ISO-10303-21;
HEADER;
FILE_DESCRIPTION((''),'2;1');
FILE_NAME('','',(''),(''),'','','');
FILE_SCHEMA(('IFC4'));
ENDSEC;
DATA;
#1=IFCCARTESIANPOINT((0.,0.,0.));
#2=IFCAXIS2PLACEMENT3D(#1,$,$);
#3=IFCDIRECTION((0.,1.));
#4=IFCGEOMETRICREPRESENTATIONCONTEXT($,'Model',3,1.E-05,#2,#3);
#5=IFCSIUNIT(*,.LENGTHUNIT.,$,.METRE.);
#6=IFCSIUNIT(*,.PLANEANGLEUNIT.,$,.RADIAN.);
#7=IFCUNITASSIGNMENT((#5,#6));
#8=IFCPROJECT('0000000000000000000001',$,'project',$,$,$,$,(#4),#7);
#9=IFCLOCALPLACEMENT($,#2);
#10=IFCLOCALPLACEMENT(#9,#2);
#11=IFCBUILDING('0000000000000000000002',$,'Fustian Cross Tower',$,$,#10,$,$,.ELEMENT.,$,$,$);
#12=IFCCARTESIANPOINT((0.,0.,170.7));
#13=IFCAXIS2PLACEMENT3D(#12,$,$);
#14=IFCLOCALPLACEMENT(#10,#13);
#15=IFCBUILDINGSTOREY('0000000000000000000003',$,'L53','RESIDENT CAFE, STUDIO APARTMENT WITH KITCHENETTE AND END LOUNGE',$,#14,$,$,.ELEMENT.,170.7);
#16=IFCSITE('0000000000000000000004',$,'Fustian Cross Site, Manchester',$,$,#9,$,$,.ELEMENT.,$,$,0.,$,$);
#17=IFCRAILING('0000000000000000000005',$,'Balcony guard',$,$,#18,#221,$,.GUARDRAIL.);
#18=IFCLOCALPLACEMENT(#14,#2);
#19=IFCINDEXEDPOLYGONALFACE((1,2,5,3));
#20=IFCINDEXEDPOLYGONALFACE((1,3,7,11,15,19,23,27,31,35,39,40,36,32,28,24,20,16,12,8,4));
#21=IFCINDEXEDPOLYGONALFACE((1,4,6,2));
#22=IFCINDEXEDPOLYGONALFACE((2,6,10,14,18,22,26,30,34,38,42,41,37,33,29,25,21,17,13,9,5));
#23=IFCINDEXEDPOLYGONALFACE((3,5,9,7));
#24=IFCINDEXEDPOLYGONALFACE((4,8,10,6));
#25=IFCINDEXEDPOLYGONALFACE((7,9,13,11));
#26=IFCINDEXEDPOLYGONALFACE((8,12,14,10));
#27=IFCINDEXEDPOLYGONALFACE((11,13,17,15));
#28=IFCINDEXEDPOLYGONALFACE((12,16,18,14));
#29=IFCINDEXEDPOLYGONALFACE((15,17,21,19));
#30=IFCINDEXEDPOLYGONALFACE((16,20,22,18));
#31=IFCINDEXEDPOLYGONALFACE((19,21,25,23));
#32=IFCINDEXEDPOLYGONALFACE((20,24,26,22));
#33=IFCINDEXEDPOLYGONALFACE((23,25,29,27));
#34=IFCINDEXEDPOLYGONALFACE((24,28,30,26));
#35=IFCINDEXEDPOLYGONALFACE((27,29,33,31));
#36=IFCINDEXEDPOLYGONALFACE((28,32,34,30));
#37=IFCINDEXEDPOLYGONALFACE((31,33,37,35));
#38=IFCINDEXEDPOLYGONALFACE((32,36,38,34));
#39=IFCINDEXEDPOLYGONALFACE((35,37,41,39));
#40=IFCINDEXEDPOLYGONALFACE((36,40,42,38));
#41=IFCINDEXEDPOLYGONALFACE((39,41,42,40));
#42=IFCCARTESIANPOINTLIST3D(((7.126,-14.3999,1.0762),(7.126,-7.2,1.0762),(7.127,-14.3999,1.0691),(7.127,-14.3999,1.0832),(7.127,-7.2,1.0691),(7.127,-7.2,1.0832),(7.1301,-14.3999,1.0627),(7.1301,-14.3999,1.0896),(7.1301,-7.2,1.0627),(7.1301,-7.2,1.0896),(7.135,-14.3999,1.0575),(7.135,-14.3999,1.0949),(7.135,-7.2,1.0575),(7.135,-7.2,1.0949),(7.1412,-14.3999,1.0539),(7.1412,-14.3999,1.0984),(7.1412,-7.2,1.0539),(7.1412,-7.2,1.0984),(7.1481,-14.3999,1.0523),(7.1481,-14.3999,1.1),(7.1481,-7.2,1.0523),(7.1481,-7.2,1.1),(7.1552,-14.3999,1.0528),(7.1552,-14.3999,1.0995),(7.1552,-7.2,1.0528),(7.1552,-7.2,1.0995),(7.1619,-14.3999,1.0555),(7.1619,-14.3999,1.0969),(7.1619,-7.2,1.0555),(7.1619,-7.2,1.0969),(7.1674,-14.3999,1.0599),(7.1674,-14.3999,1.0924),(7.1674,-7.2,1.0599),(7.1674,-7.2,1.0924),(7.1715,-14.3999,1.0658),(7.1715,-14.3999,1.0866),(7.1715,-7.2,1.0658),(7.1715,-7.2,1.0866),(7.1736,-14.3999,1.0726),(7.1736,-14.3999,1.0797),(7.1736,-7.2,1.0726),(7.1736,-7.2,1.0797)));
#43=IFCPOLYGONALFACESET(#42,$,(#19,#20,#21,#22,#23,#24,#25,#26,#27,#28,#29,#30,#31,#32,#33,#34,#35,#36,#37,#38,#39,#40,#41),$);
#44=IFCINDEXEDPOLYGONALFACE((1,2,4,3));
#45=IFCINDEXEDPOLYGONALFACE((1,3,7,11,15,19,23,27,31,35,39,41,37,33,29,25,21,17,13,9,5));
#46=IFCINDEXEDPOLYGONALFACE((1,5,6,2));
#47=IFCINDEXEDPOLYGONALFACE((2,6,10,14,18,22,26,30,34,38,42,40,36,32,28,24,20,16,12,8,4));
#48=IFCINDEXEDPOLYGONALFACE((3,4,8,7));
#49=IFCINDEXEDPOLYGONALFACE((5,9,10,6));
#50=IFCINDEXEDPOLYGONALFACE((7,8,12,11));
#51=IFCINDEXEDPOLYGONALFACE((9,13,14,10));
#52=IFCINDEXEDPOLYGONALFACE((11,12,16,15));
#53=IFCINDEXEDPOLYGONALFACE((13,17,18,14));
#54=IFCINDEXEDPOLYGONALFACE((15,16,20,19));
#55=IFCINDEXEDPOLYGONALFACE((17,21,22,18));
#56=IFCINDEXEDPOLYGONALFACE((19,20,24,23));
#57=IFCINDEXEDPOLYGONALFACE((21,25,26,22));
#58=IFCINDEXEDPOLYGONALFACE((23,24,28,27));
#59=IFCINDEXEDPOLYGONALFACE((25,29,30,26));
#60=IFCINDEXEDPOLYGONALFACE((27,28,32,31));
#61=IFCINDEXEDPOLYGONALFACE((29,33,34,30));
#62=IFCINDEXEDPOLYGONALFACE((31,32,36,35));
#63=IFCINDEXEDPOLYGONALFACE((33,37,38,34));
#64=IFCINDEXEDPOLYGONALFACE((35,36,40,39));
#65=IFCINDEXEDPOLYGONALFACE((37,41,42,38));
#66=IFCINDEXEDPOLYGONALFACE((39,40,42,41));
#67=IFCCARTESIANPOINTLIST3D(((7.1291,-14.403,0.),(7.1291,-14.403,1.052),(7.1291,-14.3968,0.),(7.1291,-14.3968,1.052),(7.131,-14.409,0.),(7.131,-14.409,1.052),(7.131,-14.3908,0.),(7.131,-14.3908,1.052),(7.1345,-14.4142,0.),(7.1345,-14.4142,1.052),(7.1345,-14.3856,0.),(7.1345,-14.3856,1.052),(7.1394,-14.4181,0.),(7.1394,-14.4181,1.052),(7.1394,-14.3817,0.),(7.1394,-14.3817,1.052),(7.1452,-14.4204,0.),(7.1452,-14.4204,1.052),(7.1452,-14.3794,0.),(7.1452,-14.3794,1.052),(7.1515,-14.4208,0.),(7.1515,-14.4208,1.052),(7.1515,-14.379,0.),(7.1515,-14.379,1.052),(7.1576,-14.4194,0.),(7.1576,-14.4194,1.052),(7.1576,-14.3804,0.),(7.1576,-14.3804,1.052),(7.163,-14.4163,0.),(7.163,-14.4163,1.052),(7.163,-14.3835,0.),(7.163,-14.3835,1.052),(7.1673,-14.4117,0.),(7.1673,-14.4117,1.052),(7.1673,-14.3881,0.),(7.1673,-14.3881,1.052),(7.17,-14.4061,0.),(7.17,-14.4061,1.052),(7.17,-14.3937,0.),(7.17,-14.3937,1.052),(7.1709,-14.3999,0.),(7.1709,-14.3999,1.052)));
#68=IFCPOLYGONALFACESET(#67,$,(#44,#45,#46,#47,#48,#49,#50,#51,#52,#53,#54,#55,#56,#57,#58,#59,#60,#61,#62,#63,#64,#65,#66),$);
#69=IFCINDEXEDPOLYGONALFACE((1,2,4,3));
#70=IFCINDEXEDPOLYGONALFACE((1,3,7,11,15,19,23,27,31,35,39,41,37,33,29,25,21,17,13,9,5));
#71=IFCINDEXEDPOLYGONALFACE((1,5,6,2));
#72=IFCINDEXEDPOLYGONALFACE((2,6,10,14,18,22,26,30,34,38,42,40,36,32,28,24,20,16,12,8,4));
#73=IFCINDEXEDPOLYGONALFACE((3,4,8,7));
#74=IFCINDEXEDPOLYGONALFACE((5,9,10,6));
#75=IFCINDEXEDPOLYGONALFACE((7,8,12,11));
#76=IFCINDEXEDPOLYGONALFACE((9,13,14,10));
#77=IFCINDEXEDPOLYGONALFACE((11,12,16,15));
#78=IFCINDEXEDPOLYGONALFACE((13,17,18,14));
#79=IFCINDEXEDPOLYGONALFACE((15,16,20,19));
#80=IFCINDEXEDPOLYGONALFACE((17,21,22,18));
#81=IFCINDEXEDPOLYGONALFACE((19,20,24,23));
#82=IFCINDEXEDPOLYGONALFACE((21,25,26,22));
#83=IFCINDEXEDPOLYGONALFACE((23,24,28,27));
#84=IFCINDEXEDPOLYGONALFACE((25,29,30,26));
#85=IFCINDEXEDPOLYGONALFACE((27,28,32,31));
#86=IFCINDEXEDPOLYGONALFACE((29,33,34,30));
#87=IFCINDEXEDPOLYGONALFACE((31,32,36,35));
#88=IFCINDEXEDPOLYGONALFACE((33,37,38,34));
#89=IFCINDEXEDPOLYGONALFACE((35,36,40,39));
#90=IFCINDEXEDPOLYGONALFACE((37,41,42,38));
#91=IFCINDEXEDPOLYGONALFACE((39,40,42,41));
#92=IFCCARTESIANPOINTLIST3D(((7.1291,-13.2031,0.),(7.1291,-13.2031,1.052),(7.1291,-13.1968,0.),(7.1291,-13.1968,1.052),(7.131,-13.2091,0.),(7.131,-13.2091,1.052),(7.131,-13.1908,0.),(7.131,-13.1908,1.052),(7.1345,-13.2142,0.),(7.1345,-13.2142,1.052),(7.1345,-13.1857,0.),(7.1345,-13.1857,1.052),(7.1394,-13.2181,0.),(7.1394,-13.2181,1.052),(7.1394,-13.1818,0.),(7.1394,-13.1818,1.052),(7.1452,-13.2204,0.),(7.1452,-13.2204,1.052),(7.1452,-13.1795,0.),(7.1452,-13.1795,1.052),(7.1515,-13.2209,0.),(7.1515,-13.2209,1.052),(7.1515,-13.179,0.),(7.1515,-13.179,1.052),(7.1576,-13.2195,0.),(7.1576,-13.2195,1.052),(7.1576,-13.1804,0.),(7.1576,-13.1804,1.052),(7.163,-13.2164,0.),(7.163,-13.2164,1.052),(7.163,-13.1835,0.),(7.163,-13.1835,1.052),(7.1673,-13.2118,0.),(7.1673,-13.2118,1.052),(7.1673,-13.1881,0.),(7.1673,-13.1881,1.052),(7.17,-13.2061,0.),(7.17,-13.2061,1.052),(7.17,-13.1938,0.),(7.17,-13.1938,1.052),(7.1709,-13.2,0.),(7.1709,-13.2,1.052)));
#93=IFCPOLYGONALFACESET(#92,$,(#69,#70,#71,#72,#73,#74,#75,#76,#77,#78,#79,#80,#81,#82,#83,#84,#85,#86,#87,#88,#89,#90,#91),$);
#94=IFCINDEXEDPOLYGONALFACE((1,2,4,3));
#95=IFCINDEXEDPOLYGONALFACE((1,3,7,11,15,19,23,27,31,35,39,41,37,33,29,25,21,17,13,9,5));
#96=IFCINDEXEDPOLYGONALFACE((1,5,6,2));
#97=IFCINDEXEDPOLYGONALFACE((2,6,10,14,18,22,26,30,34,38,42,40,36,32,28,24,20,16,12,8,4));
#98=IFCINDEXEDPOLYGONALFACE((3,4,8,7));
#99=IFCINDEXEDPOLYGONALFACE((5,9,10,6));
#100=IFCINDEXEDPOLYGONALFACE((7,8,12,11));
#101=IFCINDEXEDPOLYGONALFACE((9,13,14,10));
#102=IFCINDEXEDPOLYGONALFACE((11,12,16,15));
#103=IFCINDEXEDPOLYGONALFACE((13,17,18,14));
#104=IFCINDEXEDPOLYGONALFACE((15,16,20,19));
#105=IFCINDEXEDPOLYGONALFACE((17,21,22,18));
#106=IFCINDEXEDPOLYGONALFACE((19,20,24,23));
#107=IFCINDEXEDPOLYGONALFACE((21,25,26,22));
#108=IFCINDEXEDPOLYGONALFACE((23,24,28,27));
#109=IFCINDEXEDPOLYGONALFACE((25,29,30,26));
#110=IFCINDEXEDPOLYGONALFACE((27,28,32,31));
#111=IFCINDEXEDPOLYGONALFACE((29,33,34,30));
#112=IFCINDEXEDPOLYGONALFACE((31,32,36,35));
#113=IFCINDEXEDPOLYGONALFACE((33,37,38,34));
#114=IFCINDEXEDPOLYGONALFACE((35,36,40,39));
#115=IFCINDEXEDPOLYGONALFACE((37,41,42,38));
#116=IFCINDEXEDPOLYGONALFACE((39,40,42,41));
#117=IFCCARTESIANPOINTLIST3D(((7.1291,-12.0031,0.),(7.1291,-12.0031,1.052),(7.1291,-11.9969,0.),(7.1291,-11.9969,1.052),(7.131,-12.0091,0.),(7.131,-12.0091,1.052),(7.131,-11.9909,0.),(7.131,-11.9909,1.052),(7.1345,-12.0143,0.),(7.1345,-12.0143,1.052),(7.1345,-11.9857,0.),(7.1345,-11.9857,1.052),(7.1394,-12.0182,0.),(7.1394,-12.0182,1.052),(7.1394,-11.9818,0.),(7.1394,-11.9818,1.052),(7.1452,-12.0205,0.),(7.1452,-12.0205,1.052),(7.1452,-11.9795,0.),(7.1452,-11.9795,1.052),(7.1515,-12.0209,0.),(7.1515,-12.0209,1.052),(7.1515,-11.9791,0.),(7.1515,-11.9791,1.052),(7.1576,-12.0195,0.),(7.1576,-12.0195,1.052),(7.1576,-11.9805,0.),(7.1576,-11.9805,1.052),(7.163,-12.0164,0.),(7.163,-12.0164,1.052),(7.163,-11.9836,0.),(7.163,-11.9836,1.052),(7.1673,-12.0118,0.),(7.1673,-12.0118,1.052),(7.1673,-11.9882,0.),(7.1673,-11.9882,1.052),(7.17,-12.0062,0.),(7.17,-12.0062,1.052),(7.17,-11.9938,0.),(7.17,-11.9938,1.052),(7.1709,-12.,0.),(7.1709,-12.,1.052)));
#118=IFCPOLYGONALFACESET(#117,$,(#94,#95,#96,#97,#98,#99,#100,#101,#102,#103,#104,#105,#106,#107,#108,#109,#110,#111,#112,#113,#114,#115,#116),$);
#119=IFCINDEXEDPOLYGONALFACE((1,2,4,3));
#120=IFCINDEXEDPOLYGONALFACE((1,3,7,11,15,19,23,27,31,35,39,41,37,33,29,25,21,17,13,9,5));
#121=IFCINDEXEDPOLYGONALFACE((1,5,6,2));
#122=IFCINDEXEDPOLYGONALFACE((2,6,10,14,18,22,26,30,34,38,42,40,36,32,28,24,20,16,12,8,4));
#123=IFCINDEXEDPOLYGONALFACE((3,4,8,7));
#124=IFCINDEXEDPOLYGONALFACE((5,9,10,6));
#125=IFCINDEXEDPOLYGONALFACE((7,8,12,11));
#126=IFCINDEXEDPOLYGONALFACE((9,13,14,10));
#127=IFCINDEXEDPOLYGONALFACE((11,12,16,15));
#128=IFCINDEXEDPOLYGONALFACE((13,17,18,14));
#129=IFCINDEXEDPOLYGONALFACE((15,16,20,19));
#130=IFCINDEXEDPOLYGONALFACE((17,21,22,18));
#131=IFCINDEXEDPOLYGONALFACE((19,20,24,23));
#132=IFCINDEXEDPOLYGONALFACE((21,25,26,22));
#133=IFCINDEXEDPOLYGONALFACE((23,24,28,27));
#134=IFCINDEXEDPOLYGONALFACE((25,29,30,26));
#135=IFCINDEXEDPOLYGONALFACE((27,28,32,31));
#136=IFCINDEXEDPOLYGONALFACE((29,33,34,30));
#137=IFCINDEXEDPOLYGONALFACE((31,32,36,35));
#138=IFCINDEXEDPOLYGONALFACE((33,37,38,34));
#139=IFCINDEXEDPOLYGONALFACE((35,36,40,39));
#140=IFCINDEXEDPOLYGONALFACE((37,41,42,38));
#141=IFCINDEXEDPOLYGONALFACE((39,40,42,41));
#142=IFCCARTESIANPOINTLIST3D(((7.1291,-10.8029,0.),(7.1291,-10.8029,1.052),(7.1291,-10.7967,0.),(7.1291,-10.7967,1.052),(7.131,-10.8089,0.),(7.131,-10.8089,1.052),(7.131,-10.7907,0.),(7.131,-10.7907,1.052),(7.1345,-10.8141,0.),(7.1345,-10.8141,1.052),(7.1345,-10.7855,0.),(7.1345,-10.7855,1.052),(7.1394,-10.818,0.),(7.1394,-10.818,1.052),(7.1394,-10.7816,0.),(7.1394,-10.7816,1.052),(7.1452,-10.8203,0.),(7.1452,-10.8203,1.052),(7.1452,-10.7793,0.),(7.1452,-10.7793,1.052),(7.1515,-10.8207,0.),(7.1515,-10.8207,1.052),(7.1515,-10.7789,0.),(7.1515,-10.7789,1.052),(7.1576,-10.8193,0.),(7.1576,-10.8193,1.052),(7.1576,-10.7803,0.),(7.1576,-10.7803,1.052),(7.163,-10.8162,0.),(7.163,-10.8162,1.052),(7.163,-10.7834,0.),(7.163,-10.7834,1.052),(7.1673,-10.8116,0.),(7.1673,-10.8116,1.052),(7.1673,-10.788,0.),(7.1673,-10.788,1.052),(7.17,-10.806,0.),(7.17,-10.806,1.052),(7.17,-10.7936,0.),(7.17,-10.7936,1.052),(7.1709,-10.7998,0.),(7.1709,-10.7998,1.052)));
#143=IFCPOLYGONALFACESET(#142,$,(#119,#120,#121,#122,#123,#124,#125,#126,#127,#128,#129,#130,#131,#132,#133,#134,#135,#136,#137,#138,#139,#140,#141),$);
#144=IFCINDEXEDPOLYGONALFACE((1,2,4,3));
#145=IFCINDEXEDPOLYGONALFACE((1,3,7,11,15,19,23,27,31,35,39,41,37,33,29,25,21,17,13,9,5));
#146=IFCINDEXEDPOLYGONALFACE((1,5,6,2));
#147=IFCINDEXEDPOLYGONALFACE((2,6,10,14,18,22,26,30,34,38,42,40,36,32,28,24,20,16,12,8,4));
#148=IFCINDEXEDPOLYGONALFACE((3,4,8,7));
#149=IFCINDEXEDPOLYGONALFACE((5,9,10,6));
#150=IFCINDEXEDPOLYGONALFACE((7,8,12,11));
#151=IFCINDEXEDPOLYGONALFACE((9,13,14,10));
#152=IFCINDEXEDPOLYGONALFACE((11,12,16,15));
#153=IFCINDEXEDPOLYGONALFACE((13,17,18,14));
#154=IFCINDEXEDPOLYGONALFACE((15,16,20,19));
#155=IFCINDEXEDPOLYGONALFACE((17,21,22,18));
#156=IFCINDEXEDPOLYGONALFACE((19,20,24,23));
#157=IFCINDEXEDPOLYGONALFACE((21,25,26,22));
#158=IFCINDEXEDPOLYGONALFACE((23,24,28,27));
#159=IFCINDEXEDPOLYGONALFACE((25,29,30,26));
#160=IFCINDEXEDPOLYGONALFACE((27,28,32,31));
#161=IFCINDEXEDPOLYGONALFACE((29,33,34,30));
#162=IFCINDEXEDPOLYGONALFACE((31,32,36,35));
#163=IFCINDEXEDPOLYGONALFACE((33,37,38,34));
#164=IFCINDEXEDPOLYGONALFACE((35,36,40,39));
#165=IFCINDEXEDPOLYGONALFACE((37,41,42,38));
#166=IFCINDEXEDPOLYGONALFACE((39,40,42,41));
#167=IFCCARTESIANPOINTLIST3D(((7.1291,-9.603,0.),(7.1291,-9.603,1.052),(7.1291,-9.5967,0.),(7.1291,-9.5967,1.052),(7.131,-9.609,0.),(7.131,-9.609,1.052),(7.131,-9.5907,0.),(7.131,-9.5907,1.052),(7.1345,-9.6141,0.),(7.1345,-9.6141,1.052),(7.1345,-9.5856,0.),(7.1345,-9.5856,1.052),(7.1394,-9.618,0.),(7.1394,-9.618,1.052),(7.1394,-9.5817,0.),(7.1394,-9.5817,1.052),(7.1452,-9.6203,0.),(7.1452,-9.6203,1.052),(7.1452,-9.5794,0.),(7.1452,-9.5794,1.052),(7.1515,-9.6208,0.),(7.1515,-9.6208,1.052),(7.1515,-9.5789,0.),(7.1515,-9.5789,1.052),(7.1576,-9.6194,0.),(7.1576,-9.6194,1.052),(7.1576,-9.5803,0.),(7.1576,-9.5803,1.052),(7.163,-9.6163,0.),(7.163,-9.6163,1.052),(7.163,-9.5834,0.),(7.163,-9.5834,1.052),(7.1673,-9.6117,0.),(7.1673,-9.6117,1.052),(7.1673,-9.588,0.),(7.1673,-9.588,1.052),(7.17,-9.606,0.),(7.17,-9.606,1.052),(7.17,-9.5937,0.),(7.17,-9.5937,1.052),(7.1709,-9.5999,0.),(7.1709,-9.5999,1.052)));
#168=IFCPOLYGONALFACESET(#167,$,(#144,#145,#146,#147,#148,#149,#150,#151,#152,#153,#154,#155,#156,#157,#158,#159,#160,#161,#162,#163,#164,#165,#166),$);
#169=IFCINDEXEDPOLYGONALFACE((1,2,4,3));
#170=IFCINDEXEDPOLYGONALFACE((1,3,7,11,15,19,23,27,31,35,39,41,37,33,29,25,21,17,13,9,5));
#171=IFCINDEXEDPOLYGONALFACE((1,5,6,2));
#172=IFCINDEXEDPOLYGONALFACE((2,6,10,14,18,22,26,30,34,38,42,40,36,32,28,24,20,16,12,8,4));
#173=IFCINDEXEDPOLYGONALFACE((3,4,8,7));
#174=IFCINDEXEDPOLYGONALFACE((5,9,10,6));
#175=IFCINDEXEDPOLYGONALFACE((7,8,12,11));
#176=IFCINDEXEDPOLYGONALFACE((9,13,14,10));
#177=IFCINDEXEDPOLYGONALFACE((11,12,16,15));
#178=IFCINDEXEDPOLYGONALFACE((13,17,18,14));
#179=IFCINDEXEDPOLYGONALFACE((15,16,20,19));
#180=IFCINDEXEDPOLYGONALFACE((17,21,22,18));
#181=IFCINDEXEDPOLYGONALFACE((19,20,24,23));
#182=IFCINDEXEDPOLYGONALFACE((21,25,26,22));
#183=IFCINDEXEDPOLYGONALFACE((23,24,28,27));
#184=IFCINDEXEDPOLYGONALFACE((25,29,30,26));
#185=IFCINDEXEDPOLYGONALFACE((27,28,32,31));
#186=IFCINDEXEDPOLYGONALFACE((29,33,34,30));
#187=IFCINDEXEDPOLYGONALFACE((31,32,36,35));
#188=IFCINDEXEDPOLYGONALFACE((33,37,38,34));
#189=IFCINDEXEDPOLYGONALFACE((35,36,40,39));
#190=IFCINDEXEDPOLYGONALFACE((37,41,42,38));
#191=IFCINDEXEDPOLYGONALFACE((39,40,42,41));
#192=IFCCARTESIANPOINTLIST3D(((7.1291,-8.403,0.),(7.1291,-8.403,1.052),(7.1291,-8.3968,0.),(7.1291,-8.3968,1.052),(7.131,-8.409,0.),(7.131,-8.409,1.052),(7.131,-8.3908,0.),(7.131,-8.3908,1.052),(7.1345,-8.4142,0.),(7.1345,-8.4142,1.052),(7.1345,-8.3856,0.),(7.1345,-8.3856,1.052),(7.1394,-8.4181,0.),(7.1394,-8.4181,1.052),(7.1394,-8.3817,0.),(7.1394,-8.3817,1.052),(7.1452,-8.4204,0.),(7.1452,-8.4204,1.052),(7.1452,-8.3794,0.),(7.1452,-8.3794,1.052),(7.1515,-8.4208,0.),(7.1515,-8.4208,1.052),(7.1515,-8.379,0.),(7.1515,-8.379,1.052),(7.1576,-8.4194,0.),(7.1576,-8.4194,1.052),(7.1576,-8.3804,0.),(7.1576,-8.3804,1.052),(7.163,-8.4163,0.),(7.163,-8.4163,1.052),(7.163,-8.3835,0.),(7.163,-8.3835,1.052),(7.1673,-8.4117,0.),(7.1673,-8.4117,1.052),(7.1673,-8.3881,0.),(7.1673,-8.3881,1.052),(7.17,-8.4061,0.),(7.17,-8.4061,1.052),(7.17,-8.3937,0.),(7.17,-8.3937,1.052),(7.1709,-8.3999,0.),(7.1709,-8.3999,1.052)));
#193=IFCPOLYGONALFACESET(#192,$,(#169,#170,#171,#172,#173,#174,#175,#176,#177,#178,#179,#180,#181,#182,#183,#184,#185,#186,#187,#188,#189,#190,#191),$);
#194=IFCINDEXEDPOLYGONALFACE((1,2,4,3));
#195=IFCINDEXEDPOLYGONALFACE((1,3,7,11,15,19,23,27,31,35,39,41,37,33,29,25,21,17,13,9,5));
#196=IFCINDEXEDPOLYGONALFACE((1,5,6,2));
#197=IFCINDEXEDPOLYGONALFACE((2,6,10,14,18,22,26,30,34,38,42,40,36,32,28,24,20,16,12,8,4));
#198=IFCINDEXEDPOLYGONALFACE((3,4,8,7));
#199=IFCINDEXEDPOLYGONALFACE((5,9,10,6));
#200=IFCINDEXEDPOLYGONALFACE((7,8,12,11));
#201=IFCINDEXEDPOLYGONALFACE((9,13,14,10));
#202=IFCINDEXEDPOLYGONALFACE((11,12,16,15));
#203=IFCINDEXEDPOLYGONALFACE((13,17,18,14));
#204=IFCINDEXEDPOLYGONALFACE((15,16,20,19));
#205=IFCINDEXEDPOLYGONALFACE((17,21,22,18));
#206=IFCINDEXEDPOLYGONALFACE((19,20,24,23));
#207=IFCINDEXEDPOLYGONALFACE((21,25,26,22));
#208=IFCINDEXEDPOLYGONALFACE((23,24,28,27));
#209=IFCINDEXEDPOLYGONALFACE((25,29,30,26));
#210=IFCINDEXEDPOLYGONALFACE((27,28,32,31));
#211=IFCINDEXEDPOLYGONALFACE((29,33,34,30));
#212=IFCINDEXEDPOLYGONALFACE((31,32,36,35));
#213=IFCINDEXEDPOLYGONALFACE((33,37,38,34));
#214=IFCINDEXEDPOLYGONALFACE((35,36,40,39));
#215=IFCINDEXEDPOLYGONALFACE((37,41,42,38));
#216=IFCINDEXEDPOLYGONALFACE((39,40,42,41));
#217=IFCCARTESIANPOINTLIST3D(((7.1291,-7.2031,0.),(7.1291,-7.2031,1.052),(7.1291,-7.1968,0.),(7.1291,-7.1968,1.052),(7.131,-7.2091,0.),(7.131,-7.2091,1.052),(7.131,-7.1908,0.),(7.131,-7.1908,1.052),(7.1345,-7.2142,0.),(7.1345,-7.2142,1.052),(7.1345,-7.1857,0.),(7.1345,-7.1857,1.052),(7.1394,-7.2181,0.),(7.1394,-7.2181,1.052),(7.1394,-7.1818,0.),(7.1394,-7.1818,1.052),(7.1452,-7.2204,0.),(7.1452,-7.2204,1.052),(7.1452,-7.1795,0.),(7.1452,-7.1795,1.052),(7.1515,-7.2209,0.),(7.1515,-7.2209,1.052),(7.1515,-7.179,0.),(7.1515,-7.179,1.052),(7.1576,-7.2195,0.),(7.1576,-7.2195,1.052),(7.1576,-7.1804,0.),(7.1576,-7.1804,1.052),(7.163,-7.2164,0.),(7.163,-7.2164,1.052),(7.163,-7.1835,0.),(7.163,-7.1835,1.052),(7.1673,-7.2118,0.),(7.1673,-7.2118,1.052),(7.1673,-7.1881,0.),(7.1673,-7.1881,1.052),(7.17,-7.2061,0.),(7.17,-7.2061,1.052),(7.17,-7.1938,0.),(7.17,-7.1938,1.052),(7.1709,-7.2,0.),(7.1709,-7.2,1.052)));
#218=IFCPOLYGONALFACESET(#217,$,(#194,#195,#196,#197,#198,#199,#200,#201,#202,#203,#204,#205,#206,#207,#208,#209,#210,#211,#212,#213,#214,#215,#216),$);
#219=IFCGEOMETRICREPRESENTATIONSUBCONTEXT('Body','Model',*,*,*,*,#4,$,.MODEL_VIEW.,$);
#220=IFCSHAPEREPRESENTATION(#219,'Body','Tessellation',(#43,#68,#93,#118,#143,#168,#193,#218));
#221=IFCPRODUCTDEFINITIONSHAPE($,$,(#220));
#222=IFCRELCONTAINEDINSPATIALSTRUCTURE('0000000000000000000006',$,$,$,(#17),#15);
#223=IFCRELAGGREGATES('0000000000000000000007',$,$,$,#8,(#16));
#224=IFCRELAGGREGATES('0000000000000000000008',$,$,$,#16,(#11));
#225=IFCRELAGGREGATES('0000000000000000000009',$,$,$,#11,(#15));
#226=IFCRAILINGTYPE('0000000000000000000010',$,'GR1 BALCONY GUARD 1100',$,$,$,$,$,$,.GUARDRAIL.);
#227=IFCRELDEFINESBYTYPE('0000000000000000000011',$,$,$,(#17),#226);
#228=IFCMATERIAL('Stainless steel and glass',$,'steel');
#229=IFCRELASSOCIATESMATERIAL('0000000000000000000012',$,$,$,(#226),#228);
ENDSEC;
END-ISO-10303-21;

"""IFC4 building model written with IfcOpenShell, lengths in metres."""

from ifc_helpers import new_model, si_unit, direction, frame, origin, origin_2d, place, context, subcontext, project, spatial, circle, extrude, material, type_object, element, save


model = new_model("IFC4")

# Units and contexts
model_context = context("Model", 3, precision=1e-05, world=origin(), true_north=direction((0.0, 1.0)))
body_context = subcontext(model_context, "Body", "Model", "MODEL_VIEW")
ifc_project = project(units=[si_unit("LENGTHUNIT", "METRE"), si_unit("PLANEANGLEUNIT", "RADIAN")], contexts=[model_context])

# Site, building, storey
site_placement = place(None, origin())
site = spatial("IfcSite", under=ifc_project, at=site_placement, Name="Fustian Cross Site, Manchester", CompositionType="ELEMENT", RefElevation=0.0)
building_placement = place(site_placement, origin())
building = spatial("IfcBuilding", under=site, at=building_placement, Name="Fustian Cross Tower", CompositionType="ELEMENT")
storey_placement = place(building_placement, frame((0.0, 0.0, 170.7)))
storey = spatial("IfcBuildingStorey", under=building, at=storey_placement, Name="L53", Description="RESIDENT CAFE, STUDIO APARTMENT WITH KITCHENETTE AND END LOUNGE", CompositionType="ELEMENT", Elevation=170.7)

# Railing
ifc_material_1 = material(Name="Stainless steel and glass", Category="steel")
railing_type_1 = type_object("IfcRailingType", Name="GR1 BALCONY GUARD 1100", PredefinedType="GUARDRAIL", material=ifc_material_1)
railing_1_placement = place(storey_placement, frame((7.1499, -14.3999, 0.0)))
element("IfcRailing", 1, at=railing_1_placement, inside=storey, type_object=railing_type_1, Name="Balcony guard", PredefinedType="GUARDRAIL", context=body_context, shape_type="SweptSolid", body=[
    extrude(circle(Radius=0.0239, at=origin_2d()), frame((0.0, 0.0, 1.0762), z_axis=(0.0, 1.0, 0.0), x_axis=(-1.0, 0.0, 0.0)), (0.0, 0.0, 1.0), 7.2),
    extrude(circle(Radius=0.021, at=origin_2d()), origin(), (0.0, 0.0, 1.0), 1.052),
    extrude(circle(Radius=0.021, at=origin_2d()), frame((0.0, 1.2, 0.0)), (0.0, 0.0, 1.0), 1.052),
    extrude(circle(Radius=0.021, at=origin_2d()), frame((0.0, 2.3999, 0.0)), (0.0, 0.0, 1.0), 1.052),
    extrude(circle(Radius=0.021, at=origin_2d()), frame((0.0, 3.6001, 0.0)), (0.0, 0.0, 1.0), 1.052),
    extrude(circle(Radius=0.021, at=origin_2d()), frame((0.0, 4.8, 0.0)), (0.0, 0.0, 1.0), 1.052),
    extrude(circle(Radius=0.021, at=origin_2d()), frame((0.0, 6.0, 0.0)), (0.0, 0.0, 1.0), 1.052),
    extrude(circle(Radius=0.021, at=origin_2d()), frame((0.0, 7.2, 0.0)), (0.0, 0.0, 1.0), 1.052),
])

save(model, "model.ifc")
